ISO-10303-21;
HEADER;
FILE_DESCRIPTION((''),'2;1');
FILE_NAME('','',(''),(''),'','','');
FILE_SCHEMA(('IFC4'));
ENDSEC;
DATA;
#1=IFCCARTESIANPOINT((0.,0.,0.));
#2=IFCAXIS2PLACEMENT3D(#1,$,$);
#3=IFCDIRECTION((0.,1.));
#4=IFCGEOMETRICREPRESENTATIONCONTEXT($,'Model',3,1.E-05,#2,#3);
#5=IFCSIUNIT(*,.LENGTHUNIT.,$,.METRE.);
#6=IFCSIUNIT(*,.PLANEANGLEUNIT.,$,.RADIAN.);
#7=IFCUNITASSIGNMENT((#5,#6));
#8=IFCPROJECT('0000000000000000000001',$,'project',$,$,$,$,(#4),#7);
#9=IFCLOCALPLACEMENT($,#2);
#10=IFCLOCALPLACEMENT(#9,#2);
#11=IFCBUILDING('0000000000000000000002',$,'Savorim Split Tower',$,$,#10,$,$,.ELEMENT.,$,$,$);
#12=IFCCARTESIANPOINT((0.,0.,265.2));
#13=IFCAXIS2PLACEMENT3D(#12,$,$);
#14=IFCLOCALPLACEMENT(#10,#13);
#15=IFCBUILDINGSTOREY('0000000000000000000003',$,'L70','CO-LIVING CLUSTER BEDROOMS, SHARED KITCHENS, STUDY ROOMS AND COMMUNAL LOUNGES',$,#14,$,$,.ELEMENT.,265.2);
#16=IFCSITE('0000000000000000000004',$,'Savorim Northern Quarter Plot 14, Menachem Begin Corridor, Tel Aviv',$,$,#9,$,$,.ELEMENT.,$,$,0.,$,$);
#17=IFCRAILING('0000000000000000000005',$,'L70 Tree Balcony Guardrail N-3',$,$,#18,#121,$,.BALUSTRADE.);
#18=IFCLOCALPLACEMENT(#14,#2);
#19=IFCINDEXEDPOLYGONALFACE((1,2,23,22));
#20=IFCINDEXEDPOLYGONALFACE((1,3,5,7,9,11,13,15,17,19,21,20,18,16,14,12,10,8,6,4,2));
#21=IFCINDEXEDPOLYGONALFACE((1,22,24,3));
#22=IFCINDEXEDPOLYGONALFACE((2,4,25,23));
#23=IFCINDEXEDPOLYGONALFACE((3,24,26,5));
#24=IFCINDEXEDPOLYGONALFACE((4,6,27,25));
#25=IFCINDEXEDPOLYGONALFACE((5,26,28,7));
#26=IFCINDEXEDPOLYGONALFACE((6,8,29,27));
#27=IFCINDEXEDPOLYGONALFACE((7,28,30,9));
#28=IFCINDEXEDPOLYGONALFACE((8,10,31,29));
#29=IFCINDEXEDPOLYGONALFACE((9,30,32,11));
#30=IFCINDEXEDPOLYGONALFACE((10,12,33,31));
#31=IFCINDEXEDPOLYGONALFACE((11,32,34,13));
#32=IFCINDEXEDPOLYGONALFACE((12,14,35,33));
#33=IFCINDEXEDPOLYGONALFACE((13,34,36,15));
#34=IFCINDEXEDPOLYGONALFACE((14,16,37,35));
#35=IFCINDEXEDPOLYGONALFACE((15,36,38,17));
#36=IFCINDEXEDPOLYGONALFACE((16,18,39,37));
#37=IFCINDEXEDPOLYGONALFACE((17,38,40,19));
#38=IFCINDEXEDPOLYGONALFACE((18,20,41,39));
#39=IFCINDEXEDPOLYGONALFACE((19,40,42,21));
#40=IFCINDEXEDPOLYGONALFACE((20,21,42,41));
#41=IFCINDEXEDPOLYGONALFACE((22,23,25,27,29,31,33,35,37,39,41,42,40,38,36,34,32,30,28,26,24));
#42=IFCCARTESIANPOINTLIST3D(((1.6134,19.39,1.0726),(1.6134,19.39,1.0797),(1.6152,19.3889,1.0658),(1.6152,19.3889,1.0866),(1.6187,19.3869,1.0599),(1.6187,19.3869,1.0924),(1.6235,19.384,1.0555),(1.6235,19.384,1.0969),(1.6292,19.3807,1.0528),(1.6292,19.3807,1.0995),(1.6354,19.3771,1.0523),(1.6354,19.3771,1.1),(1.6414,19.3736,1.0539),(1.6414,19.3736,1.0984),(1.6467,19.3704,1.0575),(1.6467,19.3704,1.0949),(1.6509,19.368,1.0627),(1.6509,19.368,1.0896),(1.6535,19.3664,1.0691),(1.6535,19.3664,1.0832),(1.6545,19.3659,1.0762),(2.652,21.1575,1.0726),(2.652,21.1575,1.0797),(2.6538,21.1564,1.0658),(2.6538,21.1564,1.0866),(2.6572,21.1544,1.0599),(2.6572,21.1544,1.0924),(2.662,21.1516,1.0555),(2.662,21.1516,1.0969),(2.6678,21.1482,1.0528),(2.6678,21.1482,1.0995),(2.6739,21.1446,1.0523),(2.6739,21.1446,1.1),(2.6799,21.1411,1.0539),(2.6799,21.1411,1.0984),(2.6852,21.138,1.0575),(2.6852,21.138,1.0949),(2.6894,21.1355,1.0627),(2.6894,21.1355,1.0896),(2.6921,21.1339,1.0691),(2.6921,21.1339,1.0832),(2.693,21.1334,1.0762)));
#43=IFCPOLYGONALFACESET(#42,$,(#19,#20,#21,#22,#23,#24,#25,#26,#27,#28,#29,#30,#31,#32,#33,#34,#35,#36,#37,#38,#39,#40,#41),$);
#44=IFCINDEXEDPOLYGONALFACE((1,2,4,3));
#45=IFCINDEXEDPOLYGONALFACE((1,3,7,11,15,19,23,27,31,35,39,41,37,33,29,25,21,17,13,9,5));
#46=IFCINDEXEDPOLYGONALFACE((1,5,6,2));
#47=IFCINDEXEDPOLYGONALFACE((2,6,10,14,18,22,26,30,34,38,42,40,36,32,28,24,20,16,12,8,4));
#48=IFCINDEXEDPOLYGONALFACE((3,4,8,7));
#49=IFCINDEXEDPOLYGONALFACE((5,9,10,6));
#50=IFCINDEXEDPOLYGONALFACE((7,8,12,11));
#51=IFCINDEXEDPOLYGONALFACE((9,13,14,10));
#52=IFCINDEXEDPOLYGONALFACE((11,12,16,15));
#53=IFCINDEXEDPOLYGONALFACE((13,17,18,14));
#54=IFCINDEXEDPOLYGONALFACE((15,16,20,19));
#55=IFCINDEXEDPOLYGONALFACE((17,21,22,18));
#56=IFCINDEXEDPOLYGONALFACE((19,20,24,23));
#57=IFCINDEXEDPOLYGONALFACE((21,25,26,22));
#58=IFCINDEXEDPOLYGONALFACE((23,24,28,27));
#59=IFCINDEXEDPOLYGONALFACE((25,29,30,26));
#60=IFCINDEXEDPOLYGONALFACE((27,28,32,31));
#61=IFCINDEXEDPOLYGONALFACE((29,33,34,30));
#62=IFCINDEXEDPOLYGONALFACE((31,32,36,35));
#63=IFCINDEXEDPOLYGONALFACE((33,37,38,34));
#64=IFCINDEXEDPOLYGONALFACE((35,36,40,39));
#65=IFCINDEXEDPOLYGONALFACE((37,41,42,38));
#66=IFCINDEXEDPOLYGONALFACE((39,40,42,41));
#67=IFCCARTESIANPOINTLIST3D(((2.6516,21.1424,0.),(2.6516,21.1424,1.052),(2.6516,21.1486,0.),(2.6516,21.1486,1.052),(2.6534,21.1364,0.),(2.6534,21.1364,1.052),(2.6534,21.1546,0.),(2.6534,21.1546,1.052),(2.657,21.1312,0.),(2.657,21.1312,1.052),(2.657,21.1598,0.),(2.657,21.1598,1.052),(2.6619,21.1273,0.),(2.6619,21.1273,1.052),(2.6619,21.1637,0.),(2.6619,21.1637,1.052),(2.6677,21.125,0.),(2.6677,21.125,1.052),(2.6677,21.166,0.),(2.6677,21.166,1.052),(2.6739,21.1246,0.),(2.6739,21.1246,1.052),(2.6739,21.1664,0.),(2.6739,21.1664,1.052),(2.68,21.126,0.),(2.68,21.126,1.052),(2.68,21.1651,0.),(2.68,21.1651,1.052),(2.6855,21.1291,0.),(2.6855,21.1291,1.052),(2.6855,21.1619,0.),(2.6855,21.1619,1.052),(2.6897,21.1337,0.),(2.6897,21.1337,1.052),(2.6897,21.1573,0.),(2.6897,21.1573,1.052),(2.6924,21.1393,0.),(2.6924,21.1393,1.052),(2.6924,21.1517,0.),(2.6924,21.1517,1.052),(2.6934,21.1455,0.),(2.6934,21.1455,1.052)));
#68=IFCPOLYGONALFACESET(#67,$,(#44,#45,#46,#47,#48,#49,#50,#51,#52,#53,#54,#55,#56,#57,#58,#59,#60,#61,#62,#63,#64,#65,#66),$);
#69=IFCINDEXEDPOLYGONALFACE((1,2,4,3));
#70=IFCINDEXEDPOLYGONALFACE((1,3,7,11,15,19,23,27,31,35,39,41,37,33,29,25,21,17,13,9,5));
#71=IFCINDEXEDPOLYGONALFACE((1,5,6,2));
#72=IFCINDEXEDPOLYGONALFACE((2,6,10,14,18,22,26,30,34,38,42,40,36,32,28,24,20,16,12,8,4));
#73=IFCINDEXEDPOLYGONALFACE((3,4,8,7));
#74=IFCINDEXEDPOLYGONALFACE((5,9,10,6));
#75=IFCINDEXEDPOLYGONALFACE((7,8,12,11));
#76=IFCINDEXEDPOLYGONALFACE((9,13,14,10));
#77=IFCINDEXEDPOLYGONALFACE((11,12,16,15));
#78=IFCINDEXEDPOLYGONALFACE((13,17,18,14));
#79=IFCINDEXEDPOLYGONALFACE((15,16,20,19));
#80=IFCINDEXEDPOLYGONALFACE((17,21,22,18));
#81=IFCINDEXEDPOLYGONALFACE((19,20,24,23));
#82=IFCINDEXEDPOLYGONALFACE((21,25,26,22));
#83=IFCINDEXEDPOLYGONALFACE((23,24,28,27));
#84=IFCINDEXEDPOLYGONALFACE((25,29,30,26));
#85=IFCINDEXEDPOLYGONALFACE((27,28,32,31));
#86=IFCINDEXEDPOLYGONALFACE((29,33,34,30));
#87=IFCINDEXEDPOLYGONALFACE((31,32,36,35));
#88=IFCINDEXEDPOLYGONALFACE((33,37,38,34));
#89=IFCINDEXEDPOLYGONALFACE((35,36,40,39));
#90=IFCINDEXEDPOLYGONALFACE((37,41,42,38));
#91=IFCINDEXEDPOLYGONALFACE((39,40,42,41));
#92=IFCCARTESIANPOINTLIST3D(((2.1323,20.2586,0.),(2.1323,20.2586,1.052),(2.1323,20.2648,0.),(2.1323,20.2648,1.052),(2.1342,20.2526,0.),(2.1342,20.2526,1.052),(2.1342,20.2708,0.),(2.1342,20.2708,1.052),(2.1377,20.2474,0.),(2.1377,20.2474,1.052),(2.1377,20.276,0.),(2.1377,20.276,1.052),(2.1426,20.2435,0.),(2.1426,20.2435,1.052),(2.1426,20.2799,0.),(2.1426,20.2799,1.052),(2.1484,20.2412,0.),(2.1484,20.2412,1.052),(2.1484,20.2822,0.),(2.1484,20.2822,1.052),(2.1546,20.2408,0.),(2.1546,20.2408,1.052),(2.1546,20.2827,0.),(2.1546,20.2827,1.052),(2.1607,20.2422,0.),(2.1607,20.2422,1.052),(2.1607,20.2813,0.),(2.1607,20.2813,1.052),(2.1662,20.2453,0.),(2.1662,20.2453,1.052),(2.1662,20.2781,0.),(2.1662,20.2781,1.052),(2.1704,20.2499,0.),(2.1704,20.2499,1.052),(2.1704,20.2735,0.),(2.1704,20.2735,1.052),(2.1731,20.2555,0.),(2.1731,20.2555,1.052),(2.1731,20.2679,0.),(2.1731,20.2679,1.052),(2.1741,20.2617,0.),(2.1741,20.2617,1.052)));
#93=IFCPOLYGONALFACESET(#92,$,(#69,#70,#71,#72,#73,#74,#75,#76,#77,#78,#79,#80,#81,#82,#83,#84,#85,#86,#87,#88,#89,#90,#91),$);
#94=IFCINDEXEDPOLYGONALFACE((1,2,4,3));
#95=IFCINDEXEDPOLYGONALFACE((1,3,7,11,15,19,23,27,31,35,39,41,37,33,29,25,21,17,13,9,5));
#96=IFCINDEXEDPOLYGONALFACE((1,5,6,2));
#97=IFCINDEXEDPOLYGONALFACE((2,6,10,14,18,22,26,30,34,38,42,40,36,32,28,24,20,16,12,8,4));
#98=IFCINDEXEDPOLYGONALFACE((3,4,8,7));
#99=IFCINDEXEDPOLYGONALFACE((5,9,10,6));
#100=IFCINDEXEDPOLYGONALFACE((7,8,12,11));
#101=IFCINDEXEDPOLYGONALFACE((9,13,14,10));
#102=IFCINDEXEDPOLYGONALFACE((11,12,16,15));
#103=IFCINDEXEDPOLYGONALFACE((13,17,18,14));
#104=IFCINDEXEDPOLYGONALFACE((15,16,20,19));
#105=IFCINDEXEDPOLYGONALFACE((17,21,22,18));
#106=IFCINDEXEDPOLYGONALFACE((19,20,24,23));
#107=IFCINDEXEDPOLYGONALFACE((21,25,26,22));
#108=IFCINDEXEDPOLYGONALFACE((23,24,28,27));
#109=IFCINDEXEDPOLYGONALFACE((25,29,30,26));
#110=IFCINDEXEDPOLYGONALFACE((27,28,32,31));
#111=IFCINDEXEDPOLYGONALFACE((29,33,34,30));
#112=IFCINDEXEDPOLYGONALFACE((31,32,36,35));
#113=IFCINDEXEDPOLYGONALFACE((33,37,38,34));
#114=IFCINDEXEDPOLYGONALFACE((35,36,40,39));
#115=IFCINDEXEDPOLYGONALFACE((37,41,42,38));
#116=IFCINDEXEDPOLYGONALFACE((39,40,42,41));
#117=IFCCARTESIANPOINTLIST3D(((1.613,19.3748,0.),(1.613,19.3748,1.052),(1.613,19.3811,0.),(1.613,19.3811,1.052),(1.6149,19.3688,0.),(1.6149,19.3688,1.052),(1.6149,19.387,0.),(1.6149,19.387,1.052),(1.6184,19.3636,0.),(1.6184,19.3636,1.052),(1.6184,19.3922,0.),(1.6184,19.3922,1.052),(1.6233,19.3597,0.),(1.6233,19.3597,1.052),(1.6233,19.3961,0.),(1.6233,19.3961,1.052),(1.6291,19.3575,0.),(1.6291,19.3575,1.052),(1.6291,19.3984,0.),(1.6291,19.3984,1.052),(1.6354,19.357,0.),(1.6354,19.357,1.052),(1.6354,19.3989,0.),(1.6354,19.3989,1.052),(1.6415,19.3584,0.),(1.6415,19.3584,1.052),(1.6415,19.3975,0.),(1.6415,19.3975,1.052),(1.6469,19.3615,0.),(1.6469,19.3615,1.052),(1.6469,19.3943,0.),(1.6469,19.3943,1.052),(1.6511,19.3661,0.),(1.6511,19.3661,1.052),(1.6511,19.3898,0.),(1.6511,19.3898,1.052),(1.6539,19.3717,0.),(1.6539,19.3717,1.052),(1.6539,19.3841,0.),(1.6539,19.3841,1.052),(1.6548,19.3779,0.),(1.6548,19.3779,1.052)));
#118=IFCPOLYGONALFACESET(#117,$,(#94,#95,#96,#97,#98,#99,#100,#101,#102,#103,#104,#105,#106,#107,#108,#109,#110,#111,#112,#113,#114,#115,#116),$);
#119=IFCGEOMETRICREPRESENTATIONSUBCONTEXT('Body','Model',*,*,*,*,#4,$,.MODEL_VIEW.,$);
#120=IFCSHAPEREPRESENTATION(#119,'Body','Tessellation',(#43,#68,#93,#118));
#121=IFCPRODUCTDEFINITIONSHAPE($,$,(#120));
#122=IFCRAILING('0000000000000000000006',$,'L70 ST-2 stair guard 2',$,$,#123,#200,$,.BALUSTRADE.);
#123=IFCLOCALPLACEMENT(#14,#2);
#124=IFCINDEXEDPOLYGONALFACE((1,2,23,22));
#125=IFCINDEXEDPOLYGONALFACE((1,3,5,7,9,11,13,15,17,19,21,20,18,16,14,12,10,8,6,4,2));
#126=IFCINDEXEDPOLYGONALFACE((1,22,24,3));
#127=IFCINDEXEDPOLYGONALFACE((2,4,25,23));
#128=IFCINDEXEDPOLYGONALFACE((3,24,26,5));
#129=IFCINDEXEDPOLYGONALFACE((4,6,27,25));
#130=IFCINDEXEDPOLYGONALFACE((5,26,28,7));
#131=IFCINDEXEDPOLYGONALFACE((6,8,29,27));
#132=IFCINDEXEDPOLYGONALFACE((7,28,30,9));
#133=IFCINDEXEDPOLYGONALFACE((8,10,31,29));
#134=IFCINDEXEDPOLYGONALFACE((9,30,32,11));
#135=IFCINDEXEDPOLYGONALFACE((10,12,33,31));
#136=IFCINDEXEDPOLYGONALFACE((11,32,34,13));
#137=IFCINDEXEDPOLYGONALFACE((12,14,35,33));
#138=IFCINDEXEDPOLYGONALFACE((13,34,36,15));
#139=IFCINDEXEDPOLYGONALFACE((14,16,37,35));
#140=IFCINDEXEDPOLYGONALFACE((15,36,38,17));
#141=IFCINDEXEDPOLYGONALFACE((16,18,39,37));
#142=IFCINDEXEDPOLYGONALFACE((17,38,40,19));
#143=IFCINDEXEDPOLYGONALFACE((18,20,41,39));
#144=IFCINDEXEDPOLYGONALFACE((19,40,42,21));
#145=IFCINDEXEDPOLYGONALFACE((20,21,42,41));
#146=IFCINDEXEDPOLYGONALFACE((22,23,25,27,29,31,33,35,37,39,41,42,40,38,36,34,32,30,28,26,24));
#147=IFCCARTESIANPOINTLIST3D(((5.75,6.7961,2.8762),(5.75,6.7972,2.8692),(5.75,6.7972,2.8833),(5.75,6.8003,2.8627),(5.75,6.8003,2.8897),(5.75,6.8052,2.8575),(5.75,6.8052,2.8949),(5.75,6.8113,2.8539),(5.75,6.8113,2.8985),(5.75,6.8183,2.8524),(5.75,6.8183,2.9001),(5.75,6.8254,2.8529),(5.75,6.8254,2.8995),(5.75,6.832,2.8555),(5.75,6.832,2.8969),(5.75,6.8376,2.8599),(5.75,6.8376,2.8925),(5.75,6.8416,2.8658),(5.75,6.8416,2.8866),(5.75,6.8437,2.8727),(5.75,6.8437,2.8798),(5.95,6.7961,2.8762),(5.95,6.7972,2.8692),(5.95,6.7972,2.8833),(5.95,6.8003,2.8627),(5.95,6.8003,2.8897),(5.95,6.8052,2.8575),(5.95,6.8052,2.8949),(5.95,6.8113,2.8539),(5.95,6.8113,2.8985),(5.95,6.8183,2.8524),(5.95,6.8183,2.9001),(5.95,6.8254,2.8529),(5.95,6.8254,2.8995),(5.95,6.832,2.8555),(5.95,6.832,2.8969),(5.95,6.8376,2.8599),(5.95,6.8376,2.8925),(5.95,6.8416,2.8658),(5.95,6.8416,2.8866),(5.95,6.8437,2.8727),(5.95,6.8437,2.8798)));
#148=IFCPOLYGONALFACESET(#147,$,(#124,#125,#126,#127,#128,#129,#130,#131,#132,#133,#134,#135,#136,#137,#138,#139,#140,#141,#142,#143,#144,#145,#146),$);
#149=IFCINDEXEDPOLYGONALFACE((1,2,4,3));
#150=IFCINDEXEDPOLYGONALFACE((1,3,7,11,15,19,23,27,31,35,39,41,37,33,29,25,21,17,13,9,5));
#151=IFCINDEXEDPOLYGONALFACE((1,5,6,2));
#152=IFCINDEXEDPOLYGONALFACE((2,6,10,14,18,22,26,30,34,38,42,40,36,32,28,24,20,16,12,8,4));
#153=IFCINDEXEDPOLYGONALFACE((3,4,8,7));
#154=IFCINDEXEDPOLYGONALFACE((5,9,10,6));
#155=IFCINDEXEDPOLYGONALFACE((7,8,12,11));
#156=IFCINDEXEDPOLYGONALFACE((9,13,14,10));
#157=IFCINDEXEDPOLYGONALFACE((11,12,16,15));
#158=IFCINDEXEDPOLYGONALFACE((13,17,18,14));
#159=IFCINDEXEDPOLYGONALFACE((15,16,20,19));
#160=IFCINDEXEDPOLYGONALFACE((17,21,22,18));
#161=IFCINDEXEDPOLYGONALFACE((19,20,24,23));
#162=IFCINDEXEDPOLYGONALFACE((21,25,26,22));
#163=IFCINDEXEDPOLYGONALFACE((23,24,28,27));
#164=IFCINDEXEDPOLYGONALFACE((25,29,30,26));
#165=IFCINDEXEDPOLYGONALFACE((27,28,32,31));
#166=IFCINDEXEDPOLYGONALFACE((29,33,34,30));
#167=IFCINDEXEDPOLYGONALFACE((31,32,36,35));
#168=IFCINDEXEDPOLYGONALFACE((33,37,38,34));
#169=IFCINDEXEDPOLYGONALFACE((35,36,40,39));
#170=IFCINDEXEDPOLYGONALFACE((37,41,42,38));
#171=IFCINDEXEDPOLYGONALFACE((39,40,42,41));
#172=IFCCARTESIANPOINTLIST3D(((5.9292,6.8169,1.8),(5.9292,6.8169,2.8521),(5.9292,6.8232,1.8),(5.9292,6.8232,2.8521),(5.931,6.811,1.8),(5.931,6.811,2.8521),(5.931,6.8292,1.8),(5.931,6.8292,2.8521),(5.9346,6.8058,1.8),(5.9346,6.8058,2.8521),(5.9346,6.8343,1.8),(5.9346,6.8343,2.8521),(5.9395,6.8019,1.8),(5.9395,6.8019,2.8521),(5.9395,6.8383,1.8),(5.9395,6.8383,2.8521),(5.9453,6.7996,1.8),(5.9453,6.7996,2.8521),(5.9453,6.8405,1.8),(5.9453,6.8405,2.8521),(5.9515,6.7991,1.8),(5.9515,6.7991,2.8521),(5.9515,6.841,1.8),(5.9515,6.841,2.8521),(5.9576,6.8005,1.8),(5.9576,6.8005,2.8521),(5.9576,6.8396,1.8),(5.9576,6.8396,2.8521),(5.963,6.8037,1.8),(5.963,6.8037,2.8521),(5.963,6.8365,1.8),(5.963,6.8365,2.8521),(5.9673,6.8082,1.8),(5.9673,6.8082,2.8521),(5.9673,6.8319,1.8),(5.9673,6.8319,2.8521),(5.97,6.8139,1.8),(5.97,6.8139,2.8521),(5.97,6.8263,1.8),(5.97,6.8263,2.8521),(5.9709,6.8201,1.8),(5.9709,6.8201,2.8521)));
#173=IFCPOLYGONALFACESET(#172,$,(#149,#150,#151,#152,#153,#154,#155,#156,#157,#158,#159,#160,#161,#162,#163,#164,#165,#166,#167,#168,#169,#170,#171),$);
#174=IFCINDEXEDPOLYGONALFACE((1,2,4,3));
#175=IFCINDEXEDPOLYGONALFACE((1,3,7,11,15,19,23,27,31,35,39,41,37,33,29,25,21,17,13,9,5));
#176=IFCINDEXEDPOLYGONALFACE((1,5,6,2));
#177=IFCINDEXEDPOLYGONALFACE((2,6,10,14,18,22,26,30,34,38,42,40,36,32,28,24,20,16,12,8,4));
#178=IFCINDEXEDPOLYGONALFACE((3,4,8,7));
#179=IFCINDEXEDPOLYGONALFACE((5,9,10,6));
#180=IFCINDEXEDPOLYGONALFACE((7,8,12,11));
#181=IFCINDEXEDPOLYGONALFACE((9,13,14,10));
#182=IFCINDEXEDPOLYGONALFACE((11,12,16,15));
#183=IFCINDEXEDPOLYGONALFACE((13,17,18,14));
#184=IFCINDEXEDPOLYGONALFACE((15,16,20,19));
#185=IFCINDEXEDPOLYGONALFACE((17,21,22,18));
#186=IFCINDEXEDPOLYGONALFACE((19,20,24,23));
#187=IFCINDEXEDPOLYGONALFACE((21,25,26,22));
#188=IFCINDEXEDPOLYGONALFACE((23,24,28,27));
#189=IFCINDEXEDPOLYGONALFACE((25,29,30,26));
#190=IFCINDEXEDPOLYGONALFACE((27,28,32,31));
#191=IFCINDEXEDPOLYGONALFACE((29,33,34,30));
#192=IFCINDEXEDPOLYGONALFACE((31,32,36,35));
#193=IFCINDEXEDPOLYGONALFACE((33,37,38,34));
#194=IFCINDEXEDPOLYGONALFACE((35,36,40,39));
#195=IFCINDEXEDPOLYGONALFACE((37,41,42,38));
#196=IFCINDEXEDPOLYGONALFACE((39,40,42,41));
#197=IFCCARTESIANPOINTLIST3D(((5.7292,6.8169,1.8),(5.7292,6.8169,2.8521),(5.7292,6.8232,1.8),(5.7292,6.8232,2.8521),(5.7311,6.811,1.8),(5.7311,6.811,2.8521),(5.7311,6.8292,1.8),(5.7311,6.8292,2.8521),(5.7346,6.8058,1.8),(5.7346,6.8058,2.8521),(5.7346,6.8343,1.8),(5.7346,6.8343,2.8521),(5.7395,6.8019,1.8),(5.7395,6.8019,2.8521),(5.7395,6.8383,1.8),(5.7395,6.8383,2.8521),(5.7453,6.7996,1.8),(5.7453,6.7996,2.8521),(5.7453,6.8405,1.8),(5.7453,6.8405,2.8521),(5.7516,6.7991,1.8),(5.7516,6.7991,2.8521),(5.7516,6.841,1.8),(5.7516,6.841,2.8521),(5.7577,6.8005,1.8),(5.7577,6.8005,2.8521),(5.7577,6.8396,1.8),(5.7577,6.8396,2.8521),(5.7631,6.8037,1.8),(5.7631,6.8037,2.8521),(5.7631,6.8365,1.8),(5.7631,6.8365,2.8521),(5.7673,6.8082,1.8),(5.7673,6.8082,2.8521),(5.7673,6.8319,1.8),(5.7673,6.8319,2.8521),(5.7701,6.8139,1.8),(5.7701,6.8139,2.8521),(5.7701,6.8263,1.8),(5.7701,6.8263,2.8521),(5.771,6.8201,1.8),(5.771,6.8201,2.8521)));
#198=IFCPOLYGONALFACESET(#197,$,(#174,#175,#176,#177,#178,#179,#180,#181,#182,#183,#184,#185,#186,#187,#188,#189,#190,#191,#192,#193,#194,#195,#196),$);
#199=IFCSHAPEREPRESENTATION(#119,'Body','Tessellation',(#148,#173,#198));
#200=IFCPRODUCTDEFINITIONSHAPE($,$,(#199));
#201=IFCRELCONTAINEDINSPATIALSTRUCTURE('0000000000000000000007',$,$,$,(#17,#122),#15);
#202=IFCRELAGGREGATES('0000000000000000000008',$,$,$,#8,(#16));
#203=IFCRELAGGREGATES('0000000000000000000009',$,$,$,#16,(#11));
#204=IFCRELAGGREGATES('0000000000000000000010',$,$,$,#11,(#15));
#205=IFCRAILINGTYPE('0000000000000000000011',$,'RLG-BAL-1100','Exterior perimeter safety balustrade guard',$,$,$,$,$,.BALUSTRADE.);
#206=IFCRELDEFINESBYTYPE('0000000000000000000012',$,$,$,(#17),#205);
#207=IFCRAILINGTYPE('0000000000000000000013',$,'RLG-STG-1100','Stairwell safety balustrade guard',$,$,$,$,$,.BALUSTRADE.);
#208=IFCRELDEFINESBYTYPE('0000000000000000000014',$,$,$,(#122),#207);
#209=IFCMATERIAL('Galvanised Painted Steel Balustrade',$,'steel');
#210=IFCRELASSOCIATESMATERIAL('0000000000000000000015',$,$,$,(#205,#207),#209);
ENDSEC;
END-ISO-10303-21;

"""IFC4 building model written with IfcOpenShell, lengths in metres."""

from ifc_helpers import new_model, si_unit, direction, frame, origin, origin_2d, place, context, subcontext, project, spatial, circle, extrude, material, type_object, element, save


model = new_model("IFC4")

# Units and contexts
model_context = context("Model", 3, precision=1e-05, world=origin(), true_north=direction((0.0, 1.0)))
body_context = subcontext(model_context, "Body", "Model", "MODEL_VIEW")
ifc_project = project(units=[si_unit("LENGTHUNIT", "METRE"), si_unit("PLANEANGLEUNIT", "RADIAN")], contexts=[model_context])

# Site, building, storey
site_placement = place(None, origin())
site = spatial("IfcSite", under=ifc_project, at=site_placement, Name="Savorim Northern Quarter Plot 14, Menachem Begin Corridor, Tel Aviv", CompositionType="ELEMENT", RefElevation=0.0)
building_placement = place(site_placement, origin())
building = spatial("IfcBuilding", under=site, at=building_placement, Name="Savorim Split Tower", CompositionType="ELEMENT")
storey_placement = place(building_placement, frame((0.0, 0.0, 265.2)))
storey = spatial("IfcBuildingStorey", under=building, at=storey_placement, Name="L70", Description="CO-LIVING CLUSTER BEDROOMS, SHARED KITCHENS, STUDY ROOMS AND COMMUNAL LOUNGES", CompositionType="ELEMENT", Elevation=265.2)

# Railings
ifc_material_1 = material(Name="Galvanised Painted Steel Balustrade", Category="steel")
railing_type_1 = type_object("IfcRailingType", Name="RLG-BAL-1100", Description="Exterior perimeter safety balustrade guard", PredefinedType="BALUSTRADE", material=ifc_material_1)
railing_1_placement = place(storey_placement, frame((2.6724, 21.1455, 0.0)))
element("IfcRailing", 1, at=railing_1_placement, inside=storey, type_object=railing_type_1, Name="L70 Tree Balcony Guardrail N-3", PredefinedType="BALUSTRADE", context=body_context, shape_type="SweptSolid", body=[
    extrude(circle(Radius=0.0239, at=origin_2d()), frame((0.0, 0.0, 1.0762), z_axis=(-0.506593, -0.862185, 0.0), x_axis=(0.862185, -0.506593, 0.0)), (0.0, 0.0, 1.0), 2.05),
    extrude(circle(Radius=0.021, at=origin_2d()), origin(), (0.0, 0.0, 1.0), 1.052),
    extrude(circle(Radius=0.021, at=origin_2d()), frame((-0.5193, -0.8838, 0.0)), (0.0, 0.0, 1.0), 1.052),
    extrude(circle(Radius=0.021, at=origin_2d()), frame((-1.0386, -1.7676, 0.0)), (0.0, 0.0, 1.0), 1.052),
])
railing_type_2 = type_object("IfcRailingType", Name="RLG-STG-1100", Description="Stairwell safety balustrade guard", PredefinedType="BALUSTRADE", material=ifc_material_1)
railing_2_placement = place(storey_placement, frame((5.95, 6.8201, 1.8)))
element("IfcRailing", 2, at=railing_2_placement, inside=storey, type_object=railing_type_2, Name="L70 ST-2 stair guard 2", PredefinedType="BALUSTRADE", context=body_context, shape_type="SweptSolid", body=[
    extrude(circle(Radius=0.0239, at=origin_2d()), frame((0.0, 0.0, 1.0762), z_axis=(-1.0, 0.0, 0.0), x_axis=(0.0, -1.0, 0.0)), (0.0, 0.0, 1.0), 0.2),
    extrude(circle(Radius=0.021, at=origin_2d()), origin(), (0.0, 0.0, 1.0), 1.052),
    extrude(circle(Radius=0.021, at=origin_2d()), frame((-0.2, 0.0, 0.0)), (0.0, 0.0, 1.0), 1.052),
])

save(model, "model.ifc")
